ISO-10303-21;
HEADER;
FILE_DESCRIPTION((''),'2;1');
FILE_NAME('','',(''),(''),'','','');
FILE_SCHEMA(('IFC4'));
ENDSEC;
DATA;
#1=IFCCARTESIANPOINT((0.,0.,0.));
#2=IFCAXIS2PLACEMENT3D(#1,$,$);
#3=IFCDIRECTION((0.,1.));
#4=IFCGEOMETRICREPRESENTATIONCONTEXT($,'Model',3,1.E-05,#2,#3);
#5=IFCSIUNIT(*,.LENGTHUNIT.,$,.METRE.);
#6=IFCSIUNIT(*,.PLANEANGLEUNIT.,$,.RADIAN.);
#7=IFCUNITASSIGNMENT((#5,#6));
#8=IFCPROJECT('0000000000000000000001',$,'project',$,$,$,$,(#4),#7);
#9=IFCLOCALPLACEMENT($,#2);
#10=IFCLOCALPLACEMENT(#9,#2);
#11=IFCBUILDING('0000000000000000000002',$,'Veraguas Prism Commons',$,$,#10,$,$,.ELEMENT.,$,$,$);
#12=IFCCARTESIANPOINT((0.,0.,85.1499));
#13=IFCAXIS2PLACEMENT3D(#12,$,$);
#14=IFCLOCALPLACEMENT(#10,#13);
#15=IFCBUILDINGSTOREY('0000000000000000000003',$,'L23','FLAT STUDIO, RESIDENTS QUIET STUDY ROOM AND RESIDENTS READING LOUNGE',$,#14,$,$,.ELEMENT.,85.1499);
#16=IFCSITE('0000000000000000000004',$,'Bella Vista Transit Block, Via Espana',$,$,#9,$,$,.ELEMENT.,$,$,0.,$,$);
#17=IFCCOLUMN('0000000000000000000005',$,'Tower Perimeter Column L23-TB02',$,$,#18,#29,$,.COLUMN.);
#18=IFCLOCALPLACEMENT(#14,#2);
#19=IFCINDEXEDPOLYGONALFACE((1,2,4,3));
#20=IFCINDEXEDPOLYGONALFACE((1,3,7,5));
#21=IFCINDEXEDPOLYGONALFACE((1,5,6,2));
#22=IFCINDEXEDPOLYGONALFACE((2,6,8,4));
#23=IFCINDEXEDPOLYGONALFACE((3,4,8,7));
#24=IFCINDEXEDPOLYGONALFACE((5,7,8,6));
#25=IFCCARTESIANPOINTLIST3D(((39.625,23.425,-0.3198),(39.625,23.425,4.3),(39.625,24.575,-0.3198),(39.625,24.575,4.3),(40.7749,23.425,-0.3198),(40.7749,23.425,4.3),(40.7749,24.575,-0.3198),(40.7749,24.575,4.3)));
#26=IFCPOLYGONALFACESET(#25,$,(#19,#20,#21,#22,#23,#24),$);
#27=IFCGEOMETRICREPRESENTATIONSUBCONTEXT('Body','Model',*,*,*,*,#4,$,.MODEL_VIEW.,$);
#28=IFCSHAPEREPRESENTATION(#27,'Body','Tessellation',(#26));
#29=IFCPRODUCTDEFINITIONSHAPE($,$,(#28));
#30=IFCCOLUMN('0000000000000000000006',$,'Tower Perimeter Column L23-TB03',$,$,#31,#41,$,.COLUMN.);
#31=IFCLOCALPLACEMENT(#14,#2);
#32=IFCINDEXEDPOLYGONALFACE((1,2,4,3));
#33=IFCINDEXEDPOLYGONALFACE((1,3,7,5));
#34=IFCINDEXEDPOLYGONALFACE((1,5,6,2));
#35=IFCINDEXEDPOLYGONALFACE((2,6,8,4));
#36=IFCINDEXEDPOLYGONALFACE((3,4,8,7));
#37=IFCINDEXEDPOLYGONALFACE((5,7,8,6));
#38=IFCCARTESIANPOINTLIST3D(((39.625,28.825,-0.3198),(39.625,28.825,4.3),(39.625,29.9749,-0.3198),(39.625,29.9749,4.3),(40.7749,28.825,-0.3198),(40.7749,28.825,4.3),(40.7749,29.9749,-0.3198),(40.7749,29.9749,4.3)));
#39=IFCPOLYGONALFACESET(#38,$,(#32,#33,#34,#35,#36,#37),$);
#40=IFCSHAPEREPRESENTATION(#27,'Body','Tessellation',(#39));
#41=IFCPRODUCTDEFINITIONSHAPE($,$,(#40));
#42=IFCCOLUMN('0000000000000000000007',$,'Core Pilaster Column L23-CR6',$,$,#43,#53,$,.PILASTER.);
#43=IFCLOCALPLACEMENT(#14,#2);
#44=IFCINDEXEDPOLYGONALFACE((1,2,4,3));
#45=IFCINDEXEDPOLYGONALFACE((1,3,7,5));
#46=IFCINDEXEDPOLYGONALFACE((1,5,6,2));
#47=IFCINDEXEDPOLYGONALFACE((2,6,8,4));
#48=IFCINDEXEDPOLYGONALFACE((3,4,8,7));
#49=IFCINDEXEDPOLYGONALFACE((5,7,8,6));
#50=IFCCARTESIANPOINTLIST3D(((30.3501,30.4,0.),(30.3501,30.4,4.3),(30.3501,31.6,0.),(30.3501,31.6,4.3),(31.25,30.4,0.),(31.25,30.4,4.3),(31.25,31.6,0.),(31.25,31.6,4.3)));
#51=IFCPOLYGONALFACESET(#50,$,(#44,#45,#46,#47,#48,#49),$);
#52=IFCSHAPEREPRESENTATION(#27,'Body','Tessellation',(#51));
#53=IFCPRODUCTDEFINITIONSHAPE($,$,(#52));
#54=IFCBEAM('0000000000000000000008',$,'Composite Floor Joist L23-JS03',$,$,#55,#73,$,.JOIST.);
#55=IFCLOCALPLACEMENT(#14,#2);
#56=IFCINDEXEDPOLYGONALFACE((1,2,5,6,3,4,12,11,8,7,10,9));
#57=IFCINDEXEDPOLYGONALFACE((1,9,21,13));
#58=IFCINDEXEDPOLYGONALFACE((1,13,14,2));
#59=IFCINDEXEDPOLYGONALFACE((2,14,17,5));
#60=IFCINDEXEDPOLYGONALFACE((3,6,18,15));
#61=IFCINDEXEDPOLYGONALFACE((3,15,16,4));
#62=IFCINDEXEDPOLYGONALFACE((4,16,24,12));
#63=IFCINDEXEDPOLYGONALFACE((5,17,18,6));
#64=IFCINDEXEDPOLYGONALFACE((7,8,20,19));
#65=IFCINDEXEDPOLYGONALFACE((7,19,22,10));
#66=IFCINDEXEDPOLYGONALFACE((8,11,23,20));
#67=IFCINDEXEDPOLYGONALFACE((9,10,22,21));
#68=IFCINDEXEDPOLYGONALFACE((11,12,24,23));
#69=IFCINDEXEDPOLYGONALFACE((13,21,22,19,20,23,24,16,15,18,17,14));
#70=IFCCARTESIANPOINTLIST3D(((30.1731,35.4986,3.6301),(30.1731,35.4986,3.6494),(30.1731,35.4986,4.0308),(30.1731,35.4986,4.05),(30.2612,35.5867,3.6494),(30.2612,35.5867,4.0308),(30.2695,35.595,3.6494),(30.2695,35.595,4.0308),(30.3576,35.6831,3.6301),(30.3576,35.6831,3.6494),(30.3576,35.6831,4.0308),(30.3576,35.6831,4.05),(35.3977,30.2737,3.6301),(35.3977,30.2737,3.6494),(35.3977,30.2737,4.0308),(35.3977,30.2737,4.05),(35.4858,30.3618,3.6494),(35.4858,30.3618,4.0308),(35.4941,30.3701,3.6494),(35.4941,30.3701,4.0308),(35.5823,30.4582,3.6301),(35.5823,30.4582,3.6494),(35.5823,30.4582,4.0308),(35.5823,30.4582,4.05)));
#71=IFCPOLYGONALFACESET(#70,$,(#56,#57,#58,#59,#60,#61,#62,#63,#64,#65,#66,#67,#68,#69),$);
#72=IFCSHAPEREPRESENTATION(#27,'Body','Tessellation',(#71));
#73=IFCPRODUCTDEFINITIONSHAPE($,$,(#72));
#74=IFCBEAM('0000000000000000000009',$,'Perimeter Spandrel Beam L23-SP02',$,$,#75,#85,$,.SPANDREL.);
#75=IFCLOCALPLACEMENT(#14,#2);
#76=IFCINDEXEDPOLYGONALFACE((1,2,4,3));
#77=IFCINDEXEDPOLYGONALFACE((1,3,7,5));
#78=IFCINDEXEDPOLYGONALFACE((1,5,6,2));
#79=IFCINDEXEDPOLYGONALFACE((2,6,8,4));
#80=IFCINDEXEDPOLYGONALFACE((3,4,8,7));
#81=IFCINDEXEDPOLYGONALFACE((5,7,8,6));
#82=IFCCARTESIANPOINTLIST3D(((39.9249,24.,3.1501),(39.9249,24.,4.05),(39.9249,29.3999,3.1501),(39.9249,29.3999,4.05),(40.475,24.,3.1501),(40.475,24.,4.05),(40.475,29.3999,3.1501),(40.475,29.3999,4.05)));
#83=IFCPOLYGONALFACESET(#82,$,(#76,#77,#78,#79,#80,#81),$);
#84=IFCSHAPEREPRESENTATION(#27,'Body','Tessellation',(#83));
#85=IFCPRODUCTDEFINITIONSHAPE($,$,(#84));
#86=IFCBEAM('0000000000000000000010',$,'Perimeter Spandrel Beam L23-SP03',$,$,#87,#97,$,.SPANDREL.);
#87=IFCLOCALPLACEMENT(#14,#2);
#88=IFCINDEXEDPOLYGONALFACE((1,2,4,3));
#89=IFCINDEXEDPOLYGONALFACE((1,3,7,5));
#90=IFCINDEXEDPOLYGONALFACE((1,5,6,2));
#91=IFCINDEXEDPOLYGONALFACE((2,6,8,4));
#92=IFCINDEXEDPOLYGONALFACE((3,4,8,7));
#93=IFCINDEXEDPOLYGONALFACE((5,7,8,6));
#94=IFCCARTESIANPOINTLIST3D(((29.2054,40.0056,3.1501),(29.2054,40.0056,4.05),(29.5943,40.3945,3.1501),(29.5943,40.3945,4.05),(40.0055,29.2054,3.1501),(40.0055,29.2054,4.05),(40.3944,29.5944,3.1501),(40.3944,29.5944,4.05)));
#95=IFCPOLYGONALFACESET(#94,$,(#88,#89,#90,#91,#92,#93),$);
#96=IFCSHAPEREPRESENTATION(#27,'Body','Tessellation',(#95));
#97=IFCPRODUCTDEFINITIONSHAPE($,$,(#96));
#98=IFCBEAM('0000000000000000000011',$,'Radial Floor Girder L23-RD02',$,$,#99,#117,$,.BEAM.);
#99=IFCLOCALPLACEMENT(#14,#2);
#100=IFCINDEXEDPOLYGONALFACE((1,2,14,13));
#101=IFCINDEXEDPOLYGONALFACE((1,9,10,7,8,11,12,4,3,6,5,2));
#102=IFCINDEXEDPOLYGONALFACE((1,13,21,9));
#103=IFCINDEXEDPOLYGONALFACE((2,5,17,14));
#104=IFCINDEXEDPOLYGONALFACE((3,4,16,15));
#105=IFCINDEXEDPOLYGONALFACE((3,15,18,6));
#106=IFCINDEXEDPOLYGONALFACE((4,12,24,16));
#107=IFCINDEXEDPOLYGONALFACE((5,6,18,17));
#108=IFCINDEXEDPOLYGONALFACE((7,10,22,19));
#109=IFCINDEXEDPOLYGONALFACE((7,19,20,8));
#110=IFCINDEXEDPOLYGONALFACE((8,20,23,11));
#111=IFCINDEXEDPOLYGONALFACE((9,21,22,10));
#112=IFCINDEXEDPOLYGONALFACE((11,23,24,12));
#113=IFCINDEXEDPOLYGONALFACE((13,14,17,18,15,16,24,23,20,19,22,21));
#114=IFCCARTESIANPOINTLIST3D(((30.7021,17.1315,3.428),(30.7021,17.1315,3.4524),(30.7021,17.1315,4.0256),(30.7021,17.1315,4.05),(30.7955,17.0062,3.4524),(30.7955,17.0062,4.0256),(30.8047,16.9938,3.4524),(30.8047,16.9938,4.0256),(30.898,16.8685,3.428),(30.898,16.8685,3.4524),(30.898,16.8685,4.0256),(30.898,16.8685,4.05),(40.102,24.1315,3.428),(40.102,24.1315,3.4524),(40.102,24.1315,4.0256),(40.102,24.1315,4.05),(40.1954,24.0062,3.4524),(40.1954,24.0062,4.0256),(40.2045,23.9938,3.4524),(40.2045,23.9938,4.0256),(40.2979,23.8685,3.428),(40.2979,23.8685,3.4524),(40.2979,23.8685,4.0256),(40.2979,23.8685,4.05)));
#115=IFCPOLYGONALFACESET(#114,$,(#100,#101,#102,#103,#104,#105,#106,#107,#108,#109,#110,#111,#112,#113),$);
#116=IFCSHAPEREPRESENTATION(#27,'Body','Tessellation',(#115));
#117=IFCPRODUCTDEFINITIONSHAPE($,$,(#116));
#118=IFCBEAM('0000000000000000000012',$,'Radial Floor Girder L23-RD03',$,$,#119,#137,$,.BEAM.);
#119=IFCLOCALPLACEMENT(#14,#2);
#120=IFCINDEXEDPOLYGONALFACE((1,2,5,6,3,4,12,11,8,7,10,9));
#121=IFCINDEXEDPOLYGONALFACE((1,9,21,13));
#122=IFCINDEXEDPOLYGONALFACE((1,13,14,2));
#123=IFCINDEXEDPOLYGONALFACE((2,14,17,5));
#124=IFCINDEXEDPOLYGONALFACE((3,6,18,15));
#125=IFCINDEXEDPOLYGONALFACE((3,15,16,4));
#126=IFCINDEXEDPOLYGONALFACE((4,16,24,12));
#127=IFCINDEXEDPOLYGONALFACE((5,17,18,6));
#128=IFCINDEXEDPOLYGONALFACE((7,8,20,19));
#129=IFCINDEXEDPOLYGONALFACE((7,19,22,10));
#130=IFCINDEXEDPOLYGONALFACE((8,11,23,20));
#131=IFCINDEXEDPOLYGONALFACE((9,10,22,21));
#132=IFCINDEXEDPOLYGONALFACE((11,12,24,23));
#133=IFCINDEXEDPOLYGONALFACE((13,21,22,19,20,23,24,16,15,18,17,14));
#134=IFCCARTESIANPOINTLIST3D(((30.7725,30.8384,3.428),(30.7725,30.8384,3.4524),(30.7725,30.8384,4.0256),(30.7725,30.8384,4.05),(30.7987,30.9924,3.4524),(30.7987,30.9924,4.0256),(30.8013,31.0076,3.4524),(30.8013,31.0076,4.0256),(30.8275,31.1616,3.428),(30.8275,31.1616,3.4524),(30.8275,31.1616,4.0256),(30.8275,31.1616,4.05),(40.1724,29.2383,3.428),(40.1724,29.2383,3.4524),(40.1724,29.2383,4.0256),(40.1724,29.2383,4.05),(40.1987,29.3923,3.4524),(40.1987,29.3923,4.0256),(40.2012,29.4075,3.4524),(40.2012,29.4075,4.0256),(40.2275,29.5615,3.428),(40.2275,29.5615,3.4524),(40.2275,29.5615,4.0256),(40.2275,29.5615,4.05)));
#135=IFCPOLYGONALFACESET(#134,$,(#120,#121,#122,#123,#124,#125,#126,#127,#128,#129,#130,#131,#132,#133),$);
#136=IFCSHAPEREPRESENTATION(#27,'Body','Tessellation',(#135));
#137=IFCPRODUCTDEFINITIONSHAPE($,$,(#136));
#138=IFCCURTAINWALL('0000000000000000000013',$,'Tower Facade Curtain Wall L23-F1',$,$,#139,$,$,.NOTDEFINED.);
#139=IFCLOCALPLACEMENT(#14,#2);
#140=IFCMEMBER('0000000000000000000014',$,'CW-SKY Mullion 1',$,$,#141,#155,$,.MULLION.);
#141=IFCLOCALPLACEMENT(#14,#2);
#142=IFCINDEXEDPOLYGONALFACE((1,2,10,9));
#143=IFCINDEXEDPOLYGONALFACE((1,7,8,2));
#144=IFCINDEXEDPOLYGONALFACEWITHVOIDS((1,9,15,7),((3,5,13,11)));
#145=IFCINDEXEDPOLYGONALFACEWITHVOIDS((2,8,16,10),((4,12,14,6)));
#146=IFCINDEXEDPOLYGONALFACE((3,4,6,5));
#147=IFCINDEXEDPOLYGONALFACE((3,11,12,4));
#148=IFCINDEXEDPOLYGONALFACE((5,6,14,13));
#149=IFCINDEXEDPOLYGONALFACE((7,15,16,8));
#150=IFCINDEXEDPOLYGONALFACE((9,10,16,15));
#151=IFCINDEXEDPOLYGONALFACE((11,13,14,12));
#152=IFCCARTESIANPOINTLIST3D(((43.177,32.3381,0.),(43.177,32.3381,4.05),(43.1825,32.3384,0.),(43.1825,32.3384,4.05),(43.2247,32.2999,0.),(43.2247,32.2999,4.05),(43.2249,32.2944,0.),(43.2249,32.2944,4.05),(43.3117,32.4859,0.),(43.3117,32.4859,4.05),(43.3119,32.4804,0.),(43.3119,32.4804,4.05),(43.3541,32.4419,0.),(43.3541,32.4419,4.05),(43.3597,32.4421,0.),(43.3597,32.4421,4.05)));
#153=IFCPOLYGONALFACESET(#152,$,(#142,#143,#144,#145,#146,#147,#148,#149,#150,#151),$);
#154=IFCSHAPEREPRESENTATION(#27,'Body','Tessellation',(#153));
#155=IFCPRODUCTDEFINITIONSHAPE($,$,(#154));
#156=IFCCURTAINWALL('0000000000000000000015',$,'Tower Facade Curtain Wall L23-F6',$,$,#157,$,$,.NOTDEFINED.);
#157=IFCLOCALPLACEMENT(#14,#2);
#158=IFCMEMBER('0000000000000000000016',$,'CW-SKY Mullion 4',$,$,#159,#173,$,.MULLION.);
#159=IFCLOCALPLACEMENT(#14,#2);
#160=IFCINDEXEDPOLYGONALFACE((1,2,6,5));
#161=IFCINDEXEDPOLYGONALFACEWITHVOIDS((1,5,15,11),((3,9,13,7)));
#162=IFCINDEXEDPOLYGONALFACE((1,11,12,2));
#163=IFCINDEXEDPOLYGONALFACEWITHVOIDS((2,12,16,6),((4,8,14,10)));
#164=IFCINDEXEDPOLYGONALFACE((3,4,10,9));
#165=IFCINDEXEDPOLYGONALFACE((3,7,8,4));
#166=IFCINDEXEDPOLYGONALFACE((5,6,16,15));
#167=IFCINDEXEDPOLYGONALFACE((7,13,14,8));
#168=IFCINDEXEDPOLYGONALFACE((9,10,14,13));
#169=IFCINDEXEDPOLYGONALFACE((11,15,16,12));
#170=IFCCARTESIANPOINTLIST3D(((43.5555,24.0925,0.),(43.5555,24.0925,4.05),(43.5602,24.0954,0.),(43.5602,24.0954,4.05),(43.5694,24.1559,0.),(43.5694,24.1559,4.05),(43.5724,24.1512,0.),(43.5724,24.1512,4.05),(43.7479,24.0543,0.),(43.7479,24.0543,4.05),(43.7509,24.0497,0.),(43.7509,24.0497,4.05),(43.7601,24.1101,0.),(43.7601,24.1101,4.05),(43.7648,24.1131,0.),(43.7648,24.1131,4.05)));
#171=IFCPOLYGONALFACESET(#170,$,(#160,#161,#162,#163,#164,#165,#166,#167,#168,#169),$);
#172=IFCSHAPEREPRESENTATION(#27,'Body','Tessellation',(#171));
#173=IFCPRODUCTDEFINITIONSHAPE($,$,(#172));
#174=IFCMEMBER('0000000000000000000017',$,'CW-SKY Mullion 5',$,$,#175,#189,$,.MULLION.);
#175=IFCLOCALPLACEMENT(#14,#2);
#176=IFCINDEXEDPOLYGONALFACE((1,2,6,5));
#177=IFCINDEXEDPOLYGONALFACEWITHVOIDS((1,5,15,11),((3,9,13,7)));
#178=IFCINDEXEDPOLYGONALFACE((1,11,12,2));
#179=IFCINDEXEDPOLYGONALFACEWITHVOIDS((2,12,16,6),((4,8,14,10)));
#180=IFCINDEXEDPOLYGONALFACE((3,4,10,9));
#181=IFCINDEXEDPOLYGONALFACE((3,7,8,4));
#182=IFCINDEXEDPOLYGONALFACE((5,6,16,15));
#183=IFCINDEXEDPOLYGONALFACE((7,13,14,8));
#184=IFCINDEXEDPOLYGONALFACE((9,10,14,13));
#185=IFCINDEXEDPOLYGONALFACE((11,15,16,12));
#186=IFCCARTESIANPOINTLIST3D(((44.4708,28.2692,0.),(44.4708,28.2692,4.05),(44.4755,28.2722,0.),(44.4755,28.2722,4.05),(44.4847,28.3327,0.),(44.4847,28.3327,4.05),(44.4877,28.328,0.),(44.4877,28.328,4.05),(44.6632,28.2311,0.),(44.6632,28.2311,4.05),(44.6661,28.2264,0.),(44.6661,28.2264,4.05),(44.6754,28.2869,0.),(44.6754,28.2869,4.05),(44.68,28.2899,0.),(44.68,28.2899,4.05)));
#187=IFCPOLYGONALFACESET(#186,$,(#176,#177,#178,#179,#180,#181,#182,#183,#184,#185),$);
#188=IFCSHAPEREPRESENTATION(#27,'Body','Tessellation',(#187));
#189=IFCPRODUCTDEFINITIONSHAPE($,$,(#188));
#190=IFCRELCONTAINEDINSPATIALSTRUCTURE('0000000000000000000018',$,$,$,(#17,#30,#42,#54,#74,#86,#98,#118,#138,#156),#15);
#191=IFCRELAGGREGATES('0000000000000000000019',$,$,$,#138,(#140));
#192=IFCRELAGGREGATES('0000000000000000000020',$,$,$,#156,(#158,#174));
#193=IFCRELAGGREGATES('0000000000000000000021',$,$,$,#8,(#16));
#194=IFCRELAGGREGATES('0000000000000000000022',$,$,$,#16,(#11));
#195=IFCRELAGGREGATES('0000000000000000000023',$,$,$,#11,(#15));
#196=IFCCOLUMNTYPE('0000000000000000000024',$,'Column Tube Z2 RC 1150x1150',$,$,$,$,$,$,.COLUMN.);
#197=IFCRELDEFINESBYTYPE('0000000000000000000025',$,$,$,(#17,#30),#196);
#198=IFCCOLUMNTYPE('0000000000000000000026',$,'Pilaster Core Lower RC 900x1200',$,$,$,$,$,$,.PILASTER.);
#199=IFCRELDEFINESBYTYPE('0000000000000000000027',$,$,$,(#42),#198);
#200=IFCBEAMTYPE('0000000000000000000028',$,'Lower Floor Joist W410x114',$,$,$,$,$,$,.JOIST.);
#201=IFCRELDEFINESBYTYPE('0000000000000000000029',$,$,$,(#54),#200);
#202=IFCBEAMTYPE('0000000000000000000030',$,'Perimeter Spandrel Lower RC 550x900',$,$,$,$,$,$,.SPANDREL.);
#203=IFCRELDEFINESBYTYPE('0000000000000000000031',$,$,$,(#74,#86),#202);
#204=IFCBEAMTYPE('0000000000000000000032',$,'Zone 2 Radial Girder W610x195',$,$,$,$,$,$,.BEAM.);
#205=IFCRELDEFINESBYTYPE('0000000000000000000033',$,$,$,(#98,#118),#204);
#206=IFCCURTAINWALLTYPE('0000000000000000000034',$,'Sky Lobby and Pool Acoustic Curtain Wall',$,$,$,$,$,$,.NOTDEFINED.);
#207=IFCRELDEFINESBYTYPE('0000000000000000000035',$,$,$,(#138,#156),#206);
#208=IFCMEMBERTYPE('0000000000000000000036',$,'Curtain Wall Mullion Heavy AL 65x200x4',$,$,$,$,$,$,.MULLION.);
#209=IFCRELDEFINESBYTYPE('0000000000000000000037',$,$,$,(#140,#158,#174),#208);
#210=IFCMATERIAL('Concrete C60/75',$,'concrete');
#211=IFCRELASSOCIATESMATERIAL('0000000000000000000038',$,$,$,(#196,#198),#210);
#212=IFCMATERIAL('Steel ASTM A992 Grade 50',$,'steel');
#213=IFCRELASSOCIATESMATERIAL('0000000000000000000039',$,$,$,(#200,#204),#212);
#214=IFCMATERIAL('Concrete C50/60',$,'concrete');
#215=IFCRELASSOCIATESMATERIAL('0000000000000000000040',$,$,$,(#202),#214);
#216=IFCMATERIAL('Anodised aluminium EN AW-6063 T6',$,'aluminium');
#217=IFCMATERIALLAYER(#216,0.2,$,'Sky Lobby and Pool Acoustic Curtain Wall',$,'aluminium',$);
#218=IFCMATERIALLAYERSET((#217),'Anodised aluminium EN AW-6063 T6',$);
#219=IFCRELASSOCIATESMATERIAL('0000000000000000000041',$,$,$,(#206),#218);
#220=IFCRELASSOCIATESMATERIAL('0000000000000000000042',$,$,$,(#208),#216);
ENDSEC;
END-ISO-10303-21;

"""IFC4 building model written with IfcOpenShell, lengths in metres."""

from ifc_helpers import new_model, si_unit, direction, frame, origin, origin_2d, place, context, subcontext, project, spatial, rectangle, hollow_rectangle, i_section, extrude, source, transform, mapped, material, layer, layer_set, material_profile, profile_set, type_object, element, aggregate, save


model = new_model("IFC4")

# Units and contexts
model_context = context("Model", 3, precision=1e-05, world=origin(), true_north=direction((0.0, 1.0)))
body_context = subcontext(model_context, "Body", "Model", "MODEL_VIEW")
ifc_project = project(units=[si_unit("LENGTHUNIT", "METRE"), si_unit("PLANEANGLEUNIT", "RADIAN")], contexts=[model_context])

# Site, building, storey
site_placement = place(None, origin())
site = spatial("IfcSite", under=ifc_project, at=site_placement, Name="Bella Vista Transit Block, Via Espana", CompositionType="ELEMENT", RefElevation=0.0)
building_placement = place(site_placement, origin())
building = spatial("IfcBuilding", under=site, at=building_placement, Name="Veraguas Prism Commons", CompositionType="ELEMENT")
storey_placement = place(building_placement, frame((0.0, 0.0, 85.1499)))
storey = spatial("IfcBuildingStorey", under=building, at=storey_placement, Name="L23", Description="FLAT STUDIO, RESIDENTS QUIET STUDY ROOM AND RESIDENTS READING LOUNGE", CompositionType="ELEMENT", Elevation=85.1499)

# Columns
ifc_material_1 = material(Name="Concrete C60/75", Category="concrete")
ifc_material_profile_1 = material_profile(ifc_material_1, rectangle(XDim=1.1499, YDim=1.1499, at=origin_2d()), Name="RC1150X1150")
ifc_profile_set_1 = profile_set([ifc_material_profile_1], Name="Concrete C60/75")
column_type_1 = type_object("IfcColumnType", Name="Column Tube Z2 RC 1150x1150", PredefinedType="COLUMN", material=ifc_profile_set_1)
for number, where, z_axis, x_axis, name in (
    (1, (40.2, 24.0, -0.3198), (0.0, 0.0, 1.0), (1.0, 0.0, 0.0), "Tower Perimeter Column L23-TB02"),
    (2, (40.2, 29.3999, -0.3198), (0.0, 0.0, 1.0), (1.0, 0.0, 0.0), "Tower Perimeter Column L23-TB03"),
):
    element("IfcColumn", number, at=place(storey_placement, frame(where, z_axis=z_axis, x_axis=x_axis)), inside=storey, type_object=column_type_1, Name=name, PredefinedType="COLUMN", context=body_context, shape_type="SweptSolid", body=[
        extrude(rectangle(XDim=1.1499, YDim=1.1499, at=origin_2d()), origin(), (0.0, 0.0, 1.0), 4.6199),
    ])
ifc_material_profile_2 = material_profile(ifc_material_1, rectangle(XDim=0.8999, YDim=1.2, at=origin_2d()), Name="RC900X1200")
ifc_profile_set_2 = profile_set([ifc_material_profile_2], Name="Concrete C60/75")
column_type_2 = type_object("IfcColumnType", Name="Pilaster Core Lower RC 900x1200", PredefinedType="PILASTER", material=ifc_profile_set_2)
column_placement = place(storey_placement, frame((30.8, 31.0, 0.0), z_axis=(0.0, 0.0, 1.0), x_axis=(1.0, 0.0, 0.0)))
element("IfcColumn", 3, at=column_placement, inside=storey, type_object=column_type_2, Name="Core Pilaster Column L23-CR6", PredefinedType="PILASTER", context=body_context, shape_type="SweptSolid", body=[
    extrude(rectangle(XDim=0.8999, YDim=1.2, at=origin_2d()), origin(), (0.0, 0.0, 1.0), 4.3),
])

# Beams
ifc_material_2 = material(Name="Steel ASTM A992 Grade 50", Category="steel")
ifc_material_profile_3 = material_profile(ifc_material_2, i_section(OverallWidth=0.261, OverallDepth=0.4199, WebThickness=0.0117, FlangeThickness=0.0193, at=origin_2d()), Name="W410X114")
ifc_profile_set_3 = profile_set([ifc_material_profile_3], Name="Steel ASTM A992 Grade 50")
beam_type_1 = type_object("IfcBeamType", Name="Lower Floor Joist W410x114", PredefinedType="JOIST", material=ifc_profile_set_3)
beam_1_placement = place(storey_placement, frame((35.49, 30.366, 3.8401), z_axis=(-0.70709, 0.707123, 0.0), x_axis=(-0.707123, -0.70709, 0.0)))
element("IfcBeam", 4, at=beam_1_placement, inside=storey, type_object=beam_type_1, Name="Composite Floor Joist L23-JS03", PredefinedType="JOIST", context=body_context, shape_type="SweptSolid", body=[
    extrude(i_section(OverallWidth=0.261, OverallDepth=0.4199, WebThickness=0.0117, FlangeThickness=0.0193, at=origin_2d()), origin(), (0.0, 0.0, 1.0), 7.3889),
])
ifc_material_3 = material(Name="Concrete C50/60", Category="concrete")
ifc_material_profile_4 = material_profile(ifc_material_3, rectangle(XDim=0.55, YDim=0.8999, at=origin_2d()), Name="RC550X900")
ifc_profile_set_4 = profile_set([ifc_material_profile_4], Name="Concrete C50/60")
beam_type_2 = type_object("IfcBeamType", Name="Perimeter Spandrel Lower RC 550x900", PredefinedType="SPANDREL", material=ifc_profile_set_4)
beam_2_placement = place(storey_placement, frame((40.2, 24.0, 3.6001), z_axis=(0.0, 1.0, 0.0), x_axis=(-1.0, 0.0, 0.0)))
element("IfcBeam", 5, at=beam_2_placement, inside=storey, type_object=beam_type_2, Name="Perimeter Spandrel Beam L23-SP02", PredefinedType="SPANDREL", context=body_context, shape_type="SweptSolid", body=[
    extrude(rectangle(XDim=0.55, YDim=0.8999, at=origin_2d()), origin(), (0.0, 0.0, 1.0), 5.3999),
])
beam_3_placement = place(storey_placement, frame((40.2, 29.3999, 3.6001), z_axis=(-0.707107, 0.707107, 0.0), x_axis=(-0.707107, -0.707107, 0.0)))
element("IfcBeam", 6, at=beam_3_placement, inside=storey, type_object=beam_type_2, Name="Perimeter Spandrel Beam L23-SP03", PredefinedType="SPANDREL", context=body_context, shape_type="SweptSolid", body=[
    extrude(rectangle(XDim=0.55, YDim=0.8999, at=origin_2d()), origin(), (0.0, 0.0, 1.0), 15.2737),
])
ifc_material_profile_5 = material_profile(ifc_material_2, i_section(OverallWidth=0.3279, OverallDepth=0.6221, WebThickness=0.0154, FlangeThickness=0.0244, at=origin_2d()), Name="W610X195")
ifc_profile_set_5 = profile_set([ifc_material_profile_5], Name="Steel ASTM A992 Grade 50")
beam_type_3 = type_object("IfcBeamType", Name="Zone 2 Radial Girder W610x195", PredefinedType="BEAM", material=ifc_profile_set_5)
beam_4_placement = place(storey_placement, frame((40.2, 24.0, 3.739), z_axis=(-0.80204, -0.59727, 0.0), x_axis=(0.59727, -0.80204, 0.0)))
element("IfcBeam", 7, at=beam_4_placement, inside=storey, type_object=beam_type_3, Name="Radial Floor Girder L23-RD02", PredefinedType="BEAM", context=body_context, shape_type="SweptSolid", body=[
    extrude(i_section(OverallWidth=0.3279, OverallDepth=0.6221, WebThickness=0.0154, FlangeThickness=0.0244, at=origin_2d()), origin(), (0.0, 0.0, 1.0), 11.72),
])
beam_5_placement = place(storey_placement, frame((40.2, 29.3999, 3.739), z_axis=(-0.985819, 0.167811, 0.0), x_axis=(-0.167811, -0.985819, 0.0)))
element("IfcBeam", 8, at=beam_5_placement, inside=storey, type_object=beam_type_3, Name="Radial Floor Girder L23-RD03", PredefinedType="BEAM", context=body_context, shape_type="SweptSolid", body=[
    extrude(i_section(OverallWidth=0.3279, OverallDepth=0.6221, WebThickness=0.0154, FlangeThickness=0.0244, at=origin_2d()), origin(), (0.0, 0.0, 1.0), 9.5352),
])

# Curtain wall, member
ifc_material_4 = material(Name="Anodised aluminium EN AW-6063 T6", Category="aluminium")
ifc_layer_1 = layer(ifc_material_4, 0.2, Name="Sky Lobby and Pool Acoustic Curtain Wall", Category="aluminium")
ifc_layer_set_1 = layer_set([ifc_layer_1], Name="Anodised aluminium EN AW-6063 T6")
curtain_wall_type = type_object("IfcCurtainWallType", Name="Sky Lobby and Pool Acoustic Curtain Wall", PredefinedType="NOTDEFINED", material=ifc_layer_set_1)
curtain_wall_1_placement = place(storey_placement, origin())
curtain_wall_1 = element("IfcCurtainWall", 9, at=curtain_wall_1_placement, inside=storey, type_object=curtain_wall_type, Name="Tower Facade Curtain Wall L23-F1", PredefinedType="NOTDEFINED")
ifc_material_profile_6 = material_profile(ifc_material_4, hollow_rectangle(XDim=0.0649, YDim=0.2, WallThickness=0.0039, at=origin_2d()), Name="AL65X200X4")
ifc_profile_set_6 = profile_set([ifc_material_profile_6], Name="Anodised aluminium EN AW-6063 T6")
member_type = type_object("IfcMemberType", Name="Curtain Wall Mullion Heavy AL 65x200x4", PredefinedType="MULLION", material=ifc_profile_set_6)
shared_shape_1 = source(origin(), body_context, "Body", "SweptSolid", [
    extrude(hollow_rectangle(XDim=0.0649, YDim=0.2, WallThickness=0.0039, at=origin_2d()), origin(), (0.0, 0.0, 1.0), 4.05),
])
member_1_placement = place(storey_placement, frame((43.2683, 32.3901, 0.0), z_axis=(0.0, 0.0, 1.0), x_axis=(-0.738925, 0.673788, 0.0)))
member_1 = element("IfcMember", 10, at=member_1_placement, type_object=member_type, Name="CW-SKY Mullion 1", PredefinedType="MULLION", context=body_context, shape_type="MappedRepresentation", body=[
    mapped(shared_shape_1, transform((0.0, 0.0, 0.0), scale=1.0)),
])
aggregate(curtain_wall_1, [member_1])

# Curtain wall, members
curtain_wall_2_placement = place(storey_placement, origin())
curtain_wall_2 = element("IfcCurtainWall", 11, at=curtain_wall_2_placement, inside=storey, type_object=curtain_wall_type, Name="Tower Facade Curtain Wall L23-F6", PredefinedType="NOTDEFINED")
member_2_placement = place(storey_placement, frame((43.6602, 24.1028, 0.0), z_axis=(0.0, 0.0, 1.0), x_axis=(0.214055, 0.976822, 0.0)))
member_2 = element("IfcMember", 12, at=member_2_placement, type_object=member_type, Name="CW-SKY Mullion 4", PredefinedType="MULLION", context=body_context, shape_type="MappedRepresentation", body=[
    mapped(shared_shape_1, transform((0.0, 0.0, 0.0), scale=1.0)),
])
member_3_placement = place(storey_placement, frame((44.5754, 28.2795, 0.0), z_axis=(0.0, 0.0, 1.0), x_axis=(0.214055, 0.976822, 0.0)))
member_3 = element("IfcMember", 13, at=member_3_placement, type_object=member_type, Name="CW-SKY Mullion 5", PredefinedType="MULLION", context=body_context, shape_type="MappedRepresentation", body=[
    mapped(shared_shape_1, transform((0.0, 0.0, 0.0), scale=1.0)),
])
aggregate(curtain_wall_2, [member_2, member_3])

save(model, "model.ifc")
